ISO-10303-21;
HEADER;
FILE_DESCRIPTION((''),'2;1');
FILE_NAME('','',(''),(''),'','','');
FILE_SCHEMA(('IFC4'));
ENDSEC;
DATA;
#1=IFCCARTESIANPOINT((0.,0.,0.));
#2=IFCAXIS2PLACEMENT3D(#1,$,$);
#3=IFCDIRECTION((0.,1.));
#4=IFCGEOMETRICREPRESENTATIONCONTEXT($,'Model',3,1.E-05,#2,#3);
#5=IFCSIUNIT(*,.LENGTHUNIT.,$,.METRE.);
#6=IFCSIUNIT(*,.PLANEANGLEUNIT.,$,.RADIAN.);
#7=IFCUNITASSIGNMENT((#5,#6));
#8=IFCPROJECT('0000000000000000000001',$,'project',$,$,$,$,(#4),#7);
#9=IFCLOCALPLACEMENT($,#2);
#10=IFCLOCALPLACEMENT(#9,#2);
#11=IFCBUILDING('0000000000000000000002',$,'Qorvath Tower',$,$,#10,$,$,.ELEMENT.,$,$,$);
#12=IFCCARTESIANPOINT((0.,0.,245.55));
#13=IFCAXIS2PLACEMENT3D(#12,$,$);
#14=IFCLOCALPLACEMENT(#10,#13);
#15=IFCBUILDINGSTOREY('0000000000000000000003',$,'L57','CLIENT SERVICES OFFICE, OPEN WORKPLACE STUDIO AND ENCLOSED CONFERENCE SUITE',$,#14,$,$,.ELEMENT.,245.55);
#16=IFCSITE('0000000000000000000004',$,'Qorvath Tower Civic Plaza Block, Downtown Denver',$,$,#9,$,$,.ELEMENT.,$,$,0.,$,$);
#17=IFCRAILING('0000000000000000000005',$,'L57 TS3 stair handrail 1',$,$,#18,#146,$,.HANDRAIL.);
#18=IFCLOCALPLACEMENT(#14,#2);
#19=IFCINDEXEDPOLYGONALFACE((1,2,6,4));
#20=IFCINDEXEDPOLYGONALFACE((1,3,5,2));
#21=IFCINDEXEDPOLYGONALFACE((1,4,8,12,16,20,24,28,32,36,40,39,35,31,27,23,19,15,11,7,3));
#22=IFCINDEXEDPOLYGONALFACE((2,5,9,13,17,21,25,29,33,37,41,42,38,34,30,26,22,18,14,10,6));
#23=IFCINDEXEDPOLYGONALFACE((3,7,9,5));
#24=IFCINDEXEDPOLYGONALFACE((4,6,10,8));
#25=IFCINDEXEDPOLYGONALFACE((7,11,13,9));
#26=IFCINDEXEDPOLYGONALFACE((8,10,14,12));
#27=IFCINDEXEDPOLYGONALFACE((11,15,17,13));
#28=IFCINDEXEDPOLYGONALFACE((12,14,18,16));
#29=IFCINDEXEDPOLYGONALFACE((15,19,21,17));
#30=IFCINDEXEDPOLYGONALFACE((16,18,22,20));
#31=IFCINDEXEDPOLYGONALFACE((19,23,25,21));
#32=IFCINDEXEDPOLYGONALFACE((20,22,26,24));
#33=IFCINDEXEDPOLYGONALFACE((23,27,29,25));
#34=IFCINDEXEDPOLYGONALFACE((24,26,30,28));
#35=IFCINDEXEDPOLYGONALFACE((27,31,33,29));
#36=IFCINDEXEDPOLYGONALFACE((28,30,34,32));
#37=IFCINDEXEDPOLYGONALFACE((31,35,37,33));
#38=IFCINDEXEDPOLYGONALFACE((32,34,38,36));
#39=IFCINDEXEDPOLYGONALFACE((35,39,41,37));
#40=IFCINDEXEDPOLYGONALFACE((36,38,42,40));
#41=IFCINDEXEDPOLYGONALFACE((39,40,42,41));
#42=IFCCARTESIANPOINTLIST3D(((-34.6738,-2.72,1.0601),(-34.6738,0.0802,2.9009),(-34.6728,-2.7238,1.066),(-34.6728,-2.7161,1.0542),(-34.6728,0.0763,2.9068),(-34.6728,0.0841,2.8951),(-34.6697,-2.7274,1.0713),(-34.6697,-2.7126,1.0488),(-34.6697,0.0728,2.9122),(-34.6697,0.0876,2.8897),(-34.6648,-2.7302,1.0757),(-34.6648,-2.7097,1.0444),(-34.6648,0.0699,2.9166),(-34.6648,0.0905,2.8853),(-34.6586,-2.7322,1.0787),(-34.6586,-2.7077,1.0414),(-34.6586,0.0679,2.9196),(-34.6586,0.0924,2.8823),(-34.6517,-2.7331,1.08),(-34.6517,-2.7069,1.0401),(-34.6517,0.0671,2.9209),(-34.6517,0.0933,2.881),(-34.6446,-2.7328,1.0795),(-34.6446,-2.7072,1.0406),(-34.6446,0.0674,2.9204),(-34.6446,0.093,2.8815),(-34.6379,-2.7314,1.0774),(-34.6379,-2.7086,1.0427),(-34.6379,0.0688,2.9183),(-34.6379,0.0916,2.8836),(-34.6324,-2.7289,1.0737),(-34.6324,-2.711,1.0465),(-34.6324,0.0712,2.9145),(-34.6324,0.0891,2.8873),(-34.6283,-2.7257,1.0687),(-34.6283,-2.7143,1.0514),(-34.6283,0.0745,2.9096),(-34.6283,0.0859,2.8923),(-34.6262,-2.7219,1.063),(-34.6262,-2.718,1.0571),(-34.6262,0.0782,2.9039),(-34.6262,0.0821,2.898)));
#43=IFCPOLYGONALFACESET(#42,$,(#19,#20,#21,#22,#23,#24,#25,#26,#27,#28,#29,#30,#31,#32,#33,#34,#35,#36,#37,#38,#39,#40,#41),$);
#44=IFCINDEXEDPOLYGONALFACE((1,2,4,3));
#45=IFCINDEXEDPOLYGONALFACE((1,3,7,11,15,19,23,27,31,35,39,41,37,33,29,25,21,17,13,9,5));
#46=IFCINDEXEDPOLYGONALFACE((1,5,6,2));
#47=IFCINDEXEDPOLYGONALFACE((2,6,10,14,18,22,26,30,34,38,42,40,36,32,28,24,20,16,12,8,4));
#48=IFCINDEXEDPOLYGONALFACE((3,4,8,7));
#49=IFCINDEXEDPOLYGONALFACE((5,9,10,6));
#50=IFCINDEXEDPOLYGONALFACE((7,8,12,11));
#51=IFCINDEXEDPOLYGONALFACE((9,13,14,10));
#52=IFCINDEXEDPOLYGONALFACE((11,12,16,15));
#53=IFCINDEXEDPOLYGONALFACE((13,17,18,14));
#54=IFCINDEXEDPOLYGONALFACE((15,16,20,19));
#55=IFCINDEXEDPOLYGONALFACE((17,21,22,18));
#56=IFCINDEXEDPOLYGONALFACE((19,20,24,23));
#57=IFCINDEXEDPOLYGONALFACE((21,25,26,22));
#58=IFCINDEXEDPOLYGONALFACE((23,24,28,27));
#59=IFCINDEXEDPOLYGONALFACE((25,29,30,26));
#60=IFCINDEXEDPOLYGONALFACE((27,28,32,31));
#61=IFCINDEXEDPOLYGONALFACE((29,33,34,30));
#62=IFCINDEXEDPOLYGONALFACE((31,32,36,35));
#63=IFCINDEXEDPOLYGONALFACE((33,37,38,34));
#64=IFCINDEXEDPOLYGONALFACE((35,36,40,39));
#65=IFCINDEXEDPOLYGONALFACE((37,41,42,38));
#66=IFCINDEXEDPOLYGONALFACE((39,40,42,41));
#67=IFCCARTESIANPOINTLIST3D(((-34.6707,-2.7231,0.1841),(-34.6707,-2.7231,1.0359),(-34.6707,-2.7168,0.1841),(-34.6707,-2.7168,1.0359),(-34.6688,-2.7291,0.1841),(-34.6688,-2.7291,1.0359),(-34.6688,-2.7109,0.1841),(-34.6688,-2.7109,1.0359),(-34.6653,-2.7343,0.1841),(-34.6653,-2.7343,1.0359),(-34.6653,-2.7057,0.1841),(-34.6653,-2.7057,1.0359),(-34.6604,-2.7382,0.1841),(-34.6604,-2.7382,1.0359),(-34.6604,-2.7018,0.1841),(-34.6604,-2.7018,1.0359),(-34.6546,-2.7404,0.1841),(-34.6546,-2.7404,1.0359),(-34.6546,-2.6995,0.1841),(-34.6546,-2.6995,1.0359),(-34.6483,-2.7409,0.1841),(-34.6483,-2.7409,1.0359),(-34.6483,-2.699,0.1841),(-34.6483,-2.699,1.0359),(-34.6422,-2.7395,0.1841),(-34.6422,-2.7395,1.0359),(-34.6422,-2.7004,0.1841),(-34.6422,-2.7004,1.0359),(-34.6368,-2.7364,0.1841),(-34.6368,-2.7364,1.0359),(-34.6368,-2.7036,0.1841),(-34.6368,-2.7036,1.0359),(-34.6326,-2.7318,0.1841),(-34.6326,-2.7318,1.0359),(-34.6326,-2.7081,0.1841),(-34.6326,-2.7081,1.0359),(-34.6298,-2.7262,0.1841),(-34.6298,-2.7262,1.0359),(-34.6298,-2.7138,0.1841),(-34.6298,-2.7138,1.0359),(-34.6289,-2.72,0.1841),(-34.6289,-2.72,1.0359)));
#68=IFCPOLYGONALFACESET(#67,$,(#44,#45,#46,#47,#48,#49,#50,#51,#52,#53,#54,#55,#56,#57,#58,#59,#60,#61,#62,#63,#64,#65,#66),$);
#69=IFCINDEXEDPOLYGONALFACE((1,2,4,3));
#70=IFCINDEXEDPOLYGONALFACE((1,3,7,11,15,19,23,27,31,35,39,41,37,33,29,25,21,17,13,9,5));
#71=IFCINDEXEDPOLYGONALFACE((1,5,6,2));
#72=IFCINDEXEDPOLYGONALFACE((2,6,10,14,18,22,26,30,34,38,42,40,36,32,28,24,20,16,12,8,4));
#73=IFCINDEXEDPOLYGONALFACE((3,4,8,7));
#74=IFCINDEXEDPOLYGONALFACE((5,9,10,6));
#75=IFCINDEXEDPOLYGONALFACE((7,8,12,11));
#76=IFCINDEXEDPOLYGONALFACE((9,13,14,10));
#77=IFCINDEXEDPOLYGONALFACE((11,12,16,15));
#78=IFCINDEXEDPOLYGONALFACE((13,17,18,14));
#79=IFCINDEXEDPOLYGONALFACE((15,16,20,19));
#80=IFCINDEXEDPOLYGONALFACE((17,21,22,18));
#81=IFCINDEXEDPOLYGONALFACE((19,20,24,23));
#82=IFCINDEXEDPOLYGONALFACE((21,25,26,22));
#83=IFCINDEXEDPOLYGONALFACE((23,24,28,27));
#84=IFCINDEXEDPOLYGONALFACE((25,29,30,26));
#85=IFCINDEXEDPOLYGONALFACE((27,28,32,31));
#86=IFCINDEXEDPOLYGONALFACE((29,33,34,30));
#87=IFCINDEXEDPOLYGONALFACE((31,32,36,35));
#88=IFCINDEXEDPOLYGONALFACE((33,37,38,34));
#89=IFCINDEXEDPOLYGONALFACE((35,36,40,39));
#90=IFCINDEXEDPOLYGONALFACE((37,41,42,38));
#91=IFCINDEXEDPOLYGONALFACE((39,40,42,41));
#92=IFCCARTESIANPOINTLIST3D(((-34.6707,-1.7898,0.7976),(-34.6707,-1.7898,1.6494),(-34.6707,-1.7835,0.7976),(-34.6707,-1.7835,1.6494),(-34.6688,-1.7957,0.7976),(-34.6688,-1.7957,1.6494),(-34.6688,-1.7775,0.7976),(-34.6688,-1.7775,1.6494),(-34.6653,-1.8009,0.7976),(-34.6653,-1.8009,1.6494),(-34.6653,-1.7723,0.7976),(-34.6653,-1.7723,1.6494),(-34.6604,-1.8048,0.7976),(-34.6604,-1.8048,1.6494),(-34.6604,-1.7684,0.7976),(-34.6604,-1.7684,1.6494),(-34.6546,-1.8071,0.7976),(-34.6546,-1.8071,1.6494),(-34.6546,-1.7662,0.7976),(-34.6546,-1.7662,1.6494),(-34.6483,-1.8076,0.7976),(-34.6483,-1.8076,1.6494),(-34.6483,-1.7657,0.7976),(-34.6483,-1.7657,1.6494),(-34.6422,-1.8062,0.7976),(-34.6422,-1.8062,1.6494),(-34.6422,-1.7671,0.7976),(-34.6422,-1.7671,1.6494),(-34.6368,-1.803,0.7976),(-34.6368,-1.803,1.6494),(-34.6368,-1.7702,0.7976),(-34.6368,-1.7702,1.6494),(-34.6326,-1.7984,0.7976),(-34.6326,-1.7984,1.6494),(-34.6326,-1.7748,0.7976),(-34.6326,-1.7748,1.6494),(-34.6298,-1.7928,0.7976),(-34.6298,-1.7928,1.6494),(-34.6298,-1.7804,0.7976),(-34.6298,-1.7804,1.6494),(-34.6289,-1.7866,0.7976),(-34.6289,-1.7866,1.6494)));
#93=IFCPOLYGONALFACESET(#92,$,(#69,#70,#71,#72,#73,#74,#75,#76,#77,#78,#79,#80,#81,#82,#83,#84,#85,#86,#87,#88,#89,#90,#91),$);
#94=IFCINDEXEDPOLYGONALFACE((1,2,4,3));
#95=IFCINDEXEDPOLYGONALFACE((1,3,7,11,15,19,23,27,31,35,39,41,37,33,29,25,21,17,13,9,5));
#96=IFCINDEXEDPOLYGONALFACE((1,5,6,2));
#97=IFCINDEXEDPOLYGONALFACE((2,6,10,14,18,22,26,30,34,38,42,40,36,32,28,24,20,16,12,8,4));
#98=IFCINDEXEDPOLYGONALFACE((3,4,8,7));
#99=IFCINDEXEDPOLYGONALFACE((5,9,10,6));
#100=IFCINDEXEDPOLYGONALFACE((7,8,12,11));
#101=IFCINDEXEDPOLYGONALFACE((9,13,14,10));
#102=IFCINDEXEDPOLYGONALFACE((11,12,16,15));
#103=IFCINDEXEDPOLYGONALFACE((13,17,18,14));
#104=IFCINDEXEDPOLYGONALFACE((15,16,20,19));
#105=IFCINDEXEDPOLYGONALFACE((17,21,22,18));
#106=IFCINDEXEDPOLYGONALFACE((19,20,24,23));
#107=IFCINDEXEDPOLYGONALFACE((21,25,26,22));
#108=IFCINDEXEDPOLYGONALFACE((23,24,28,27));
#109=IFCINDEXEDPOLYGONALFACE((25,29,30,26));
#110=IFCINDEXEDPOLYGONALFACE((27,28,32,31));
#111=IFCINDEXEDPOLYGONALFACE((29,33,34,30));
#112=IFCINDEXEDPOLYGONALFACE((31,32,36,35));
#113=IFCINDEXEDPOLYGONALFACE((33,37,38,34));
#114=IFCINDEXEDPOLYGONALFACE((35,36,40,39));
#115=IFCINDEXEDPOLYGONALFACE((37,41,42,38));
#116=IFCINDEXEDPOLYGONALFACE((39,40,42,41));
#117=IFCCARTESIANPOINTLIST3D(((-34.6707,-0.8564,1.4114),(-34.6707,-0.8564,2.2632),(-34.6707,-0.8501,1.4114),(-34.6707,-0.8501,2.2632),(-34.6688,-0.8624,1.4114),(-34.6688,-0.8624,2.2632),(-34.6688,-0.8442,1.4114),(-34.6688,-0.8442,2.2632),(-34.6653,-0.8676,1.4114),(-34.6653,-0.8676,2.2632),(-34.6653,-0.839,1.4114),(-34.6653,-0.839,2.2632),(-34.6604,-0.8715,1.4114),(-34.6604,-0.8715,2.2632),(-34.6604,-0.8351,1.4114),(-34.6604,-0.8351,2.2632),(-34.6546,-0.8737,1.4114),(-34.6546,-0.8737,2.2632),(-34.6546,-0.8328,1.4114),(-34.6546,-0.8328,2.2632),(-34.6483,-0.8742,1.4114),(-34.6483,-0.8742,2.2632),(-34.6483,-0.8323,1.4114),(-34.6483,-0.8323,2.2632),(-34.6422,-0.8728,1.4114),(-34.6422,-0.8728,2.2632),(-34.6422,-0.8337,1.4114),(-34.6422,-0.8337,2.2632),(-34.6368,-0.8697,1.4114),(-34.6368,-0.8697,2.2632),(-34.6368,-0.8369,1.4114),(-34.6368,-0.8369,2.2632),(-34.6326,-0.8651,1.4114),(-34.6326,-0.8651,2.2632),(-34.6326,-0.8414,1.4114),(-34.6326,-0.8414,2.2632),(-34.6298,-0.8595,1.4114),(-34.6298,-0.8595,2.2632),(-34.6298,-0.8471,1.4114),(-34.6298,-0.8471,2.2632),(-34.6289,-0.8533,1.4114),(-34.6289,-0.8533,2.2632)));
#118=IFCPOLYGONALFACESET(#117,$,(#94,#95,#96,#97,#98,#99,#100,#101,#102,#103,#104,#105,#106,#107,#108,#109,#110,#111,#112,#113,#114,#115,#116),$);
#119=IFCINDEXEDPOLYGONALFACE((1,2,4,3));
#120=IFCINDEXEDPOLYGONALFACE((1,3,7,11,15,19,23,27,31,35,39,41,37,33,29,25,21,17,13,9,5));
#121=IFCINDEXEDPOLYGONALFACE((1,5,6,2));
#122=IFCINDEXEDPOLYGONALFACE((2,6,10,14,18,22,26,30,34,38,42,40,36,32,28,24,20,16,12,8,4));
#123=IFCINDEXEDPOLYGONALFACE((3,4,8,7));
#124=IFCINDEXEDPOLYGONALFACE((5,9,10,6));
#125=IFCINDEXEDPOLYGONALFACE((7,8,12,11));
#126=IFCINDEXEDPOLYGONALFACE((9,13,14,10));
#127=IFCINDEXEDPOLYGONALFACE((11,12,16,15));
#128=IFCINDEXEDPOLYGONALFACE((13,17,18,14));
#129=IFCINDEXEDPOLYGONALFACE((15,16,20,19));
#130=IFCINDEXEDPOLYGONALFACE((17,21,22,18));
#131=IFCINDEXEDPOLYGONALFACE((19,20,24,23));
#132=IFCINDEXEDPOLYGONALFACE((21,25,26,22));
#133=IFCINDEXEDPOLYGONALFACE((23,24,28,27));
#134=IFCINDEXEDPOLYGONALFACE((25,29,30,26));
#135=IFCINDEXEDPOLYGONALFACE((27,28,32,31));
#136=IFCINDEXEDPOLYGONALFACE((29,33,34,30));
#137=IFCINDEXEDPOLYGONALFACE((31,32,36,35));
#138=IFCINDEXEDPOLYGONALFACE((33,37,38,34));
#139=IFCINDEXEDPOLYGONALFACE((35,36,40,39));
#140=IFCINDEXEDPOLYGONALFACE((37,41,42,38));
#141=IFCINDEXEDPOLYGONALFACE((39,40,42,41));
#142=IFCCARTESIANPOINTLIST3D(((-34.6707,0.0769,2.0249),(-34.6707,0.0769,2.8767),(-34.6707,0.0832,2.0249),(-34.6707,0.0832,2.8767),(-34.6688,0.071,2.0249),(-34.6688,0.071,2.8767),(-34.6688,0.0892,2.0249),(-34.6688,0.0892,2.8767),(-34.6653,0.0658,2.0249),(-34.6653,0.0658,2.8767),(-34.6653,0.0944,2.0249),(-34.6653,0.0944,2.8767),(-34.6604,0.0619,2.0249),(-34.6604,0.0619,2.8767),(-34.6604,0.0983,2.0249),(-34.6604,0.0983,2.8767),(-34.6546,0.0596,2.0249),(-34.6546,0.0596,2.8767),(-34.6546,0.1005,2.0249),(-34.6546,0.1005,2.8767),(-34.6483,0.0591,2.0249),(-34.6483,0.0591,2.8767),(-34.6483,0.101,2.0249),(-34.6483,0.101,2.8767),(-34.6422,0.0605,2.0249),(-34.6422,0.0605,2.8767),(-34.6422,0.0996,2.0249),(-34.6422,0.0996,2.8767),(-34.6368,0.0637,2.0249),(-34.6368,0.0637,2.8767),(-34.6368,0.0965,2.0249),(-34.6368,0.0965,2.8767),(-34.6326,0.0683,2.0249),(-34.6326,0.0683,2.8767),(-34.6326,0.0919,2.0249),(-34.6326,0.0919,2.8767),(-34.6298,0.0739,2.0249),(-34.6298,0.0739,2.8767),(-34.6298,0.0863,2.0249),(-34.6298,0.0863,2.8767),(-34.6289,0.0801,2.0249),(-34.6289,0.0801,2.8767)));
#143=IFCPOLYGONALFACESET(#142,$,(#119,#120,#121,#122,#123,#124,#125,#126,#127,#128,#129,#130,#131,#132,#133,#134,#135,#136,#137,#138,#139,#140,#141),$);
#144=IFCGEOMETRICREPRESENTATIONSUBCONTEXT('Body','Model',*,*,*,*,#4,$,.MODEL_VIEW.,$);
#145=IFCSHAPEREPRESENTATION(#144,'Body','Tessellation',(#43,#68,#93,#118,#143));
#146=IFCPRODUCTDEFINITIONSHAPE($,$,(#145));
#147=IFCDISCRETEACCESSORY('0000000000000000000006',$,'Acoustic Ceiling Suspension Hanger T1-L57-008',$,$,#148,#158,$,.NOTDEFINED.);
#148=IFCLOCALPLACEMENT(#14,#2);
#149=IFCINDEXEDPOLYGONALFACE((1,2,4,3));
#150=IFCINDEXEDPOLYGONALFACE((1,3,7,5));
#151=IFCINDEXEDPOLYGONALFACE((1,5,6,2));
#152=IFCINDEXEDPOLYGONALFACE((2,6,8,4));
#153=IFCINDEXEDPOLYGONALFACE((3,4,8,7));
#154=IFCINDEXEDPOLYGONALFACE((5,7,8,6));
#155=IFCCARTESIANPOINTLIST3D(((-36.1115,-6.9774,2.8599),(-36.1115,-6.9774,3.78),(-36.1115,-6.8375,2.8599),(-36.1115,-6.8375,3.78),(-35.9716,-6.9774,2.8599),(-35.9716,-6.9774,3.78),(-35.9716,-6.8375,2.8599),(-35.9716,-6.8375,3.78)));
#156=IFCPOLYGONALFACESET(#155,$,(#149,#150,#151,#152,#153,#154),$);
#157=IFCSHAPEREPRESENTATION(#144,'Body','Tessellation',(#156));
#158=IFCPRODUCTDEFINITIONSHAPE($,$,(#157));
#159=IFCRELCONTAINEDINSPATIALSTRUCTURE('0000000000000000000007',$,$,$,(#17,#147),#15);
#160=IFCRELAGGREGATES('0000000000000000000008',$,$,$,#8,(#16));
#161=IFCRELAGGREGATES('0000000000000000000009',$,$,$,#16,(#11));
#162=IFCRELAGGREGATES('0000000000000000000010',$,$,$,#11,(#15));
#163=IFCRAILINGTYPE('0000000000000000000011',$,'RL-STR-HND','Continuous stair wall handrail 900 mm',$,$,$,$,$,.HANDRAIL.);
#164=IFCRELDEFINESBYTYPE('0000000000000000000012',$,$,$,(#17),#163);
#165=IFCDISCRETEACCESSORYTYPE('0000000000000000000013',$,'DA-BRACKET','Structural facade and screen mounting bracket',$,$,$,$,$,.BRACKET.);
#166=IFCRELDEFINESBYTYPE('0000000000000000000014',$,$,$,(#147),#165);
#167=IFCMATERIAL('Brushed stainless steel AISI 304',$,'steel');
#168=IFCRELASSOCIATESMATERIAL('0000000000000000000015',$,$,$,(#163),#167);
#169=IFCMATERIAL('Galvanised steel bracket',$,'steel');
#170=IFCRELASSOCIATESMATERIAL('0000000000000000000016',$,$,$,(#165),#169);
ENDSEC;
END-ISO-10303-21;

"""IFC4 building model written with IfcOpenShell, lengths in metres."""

from ifc_helpers import new_model, si_unit, direction, frame, origin, origin_2d, place, context, subcontext, project, spatial, rectangle, circle, extrude, material, type_object, element, save


model = new_model("IFC4")

# Units and contexts
model_context = context("Model", 3, precision=1e-05, world=origin(), true_north=direction((0.0, 1.0)))
body_context = subcontext(model_context, "Body", "Model", "MODEL_VIEW")
ifc_project = project(units=[si_unit("LENGTHUNIT", "METRE"), si_unit("PLANEANGLEUNIT", "RADIAN")], contexts=[model_context])

# Site, building, storey
site_placement = place(None, origin())
site = spatial("IfcSite", under=ifc_project, at=site_placement, Name="Qorvath Tower Civic Plaza Block, Downtown Denver", CompositionType="ELEMENT", RefElevation=0.0)
building_placement = place(site_placement, origin())
building = spatial("IfcBuilding", under=site, at=building_placement, Name="Qorvath Tower", CompositionType="ELEMENT")
storey_placement = place(building_placement, frame((0.0, 0.0, 245.55)))
storey = spatial("IfcBuildingStorey", under=building, at=storey_placement, Name="L57", Description="CLIENT SERVICES OFFICE, OPEN WORKPLACE STUDIO AND ENCLOSED CONFERENCE SUITE", CompositionType="ELEMENT", Elevation=245.55)

# Railing
ifc_material_1 = material(Name="Brushed stainless steel AISI 304", Category="steel")
railing_type_1 = type_object("IfcRailingType", Name="RL-STR-HND", Description="Continuous stair wall handrail 900 mm", PredefinedType="HANDRAIL", material=ifc_material_1)
railing_1_placement = place(storey_placement, frame((-34.6499, -2.72, 0.1841)))
element("IfcRailing", 1, at=railing_1_placement, inside=storey, type_object=railing_type_1, Name="L57 TS3 stair handrail 1", PredefinedType="HANDRAIL", context=body_context, shape_type="SweptSolid", body=[
    extrude(circle(Radius=0.0239, at=origin_2d()), frame((0.0, 0.0, 0.876), z_axis=(0.0, 0.835598, 0.549342), x_axis=(-1.0, 0.0, 0.0)), (0.0, 0.0, 1.0), 3.3511),
    extrude(circle(Radius=0.021, at=origin_2d()), origin(), (0.0, 0.0, 1.0), 0.8518),
    extrude(circle(Radius=0.021, at=origin_2d()), frame((0.0, 0.9333, 0.6135)), (0.0, 0.0, 1.0), 0.8518),
    extrude(circle(Radius=0.021, at=origin_2d()), frame((0.0, 1.8667, 1.2273)), (0.0, 0.0, 1.0), 0.8518),
    extrude(circle(Radius=0.021, at=origin_2d()), frame((0.0, 2.8, 1.8408)), (0.0, 0.0, 1.0), 0.8518),
])

# Discrete accessory
ifc_material_2 = material(Name="Galvanised steel bracket", Category="steel")
discrete_accessory_type = type_object("IfcDiscreteAccessoryType", Name="DA-BRACKET", Description="Structural facade and screen mounting bracket", PredefinedType="BRACKET", material=ifc_material_2)
discrete_accessory_placement = place(storey_placement, frame((-36.0415, -6.9075, 2.8599), z_axis=(0.0, 0.0, 1.0), x_axis=(1.0, 0.0, 0.0)))
element("IfcDiscreteAccessory", 2, at=discrete_accessory_placement, inside=storey, type_object=discrete_accessory_type, Name="Acoustic Ceiling Suspension Hanger T1-L57-008", PredefinedType="NOTDEFINED", context=body_context, shape_type="SweptSolid", body=[
    extrude(rectangle(XDim=0.1399, YDim=0.1399, at=origin_2d()), origin(), (0.0, 0.0, 1.0), 0.9202),
])

save(model, "model.ifc")
